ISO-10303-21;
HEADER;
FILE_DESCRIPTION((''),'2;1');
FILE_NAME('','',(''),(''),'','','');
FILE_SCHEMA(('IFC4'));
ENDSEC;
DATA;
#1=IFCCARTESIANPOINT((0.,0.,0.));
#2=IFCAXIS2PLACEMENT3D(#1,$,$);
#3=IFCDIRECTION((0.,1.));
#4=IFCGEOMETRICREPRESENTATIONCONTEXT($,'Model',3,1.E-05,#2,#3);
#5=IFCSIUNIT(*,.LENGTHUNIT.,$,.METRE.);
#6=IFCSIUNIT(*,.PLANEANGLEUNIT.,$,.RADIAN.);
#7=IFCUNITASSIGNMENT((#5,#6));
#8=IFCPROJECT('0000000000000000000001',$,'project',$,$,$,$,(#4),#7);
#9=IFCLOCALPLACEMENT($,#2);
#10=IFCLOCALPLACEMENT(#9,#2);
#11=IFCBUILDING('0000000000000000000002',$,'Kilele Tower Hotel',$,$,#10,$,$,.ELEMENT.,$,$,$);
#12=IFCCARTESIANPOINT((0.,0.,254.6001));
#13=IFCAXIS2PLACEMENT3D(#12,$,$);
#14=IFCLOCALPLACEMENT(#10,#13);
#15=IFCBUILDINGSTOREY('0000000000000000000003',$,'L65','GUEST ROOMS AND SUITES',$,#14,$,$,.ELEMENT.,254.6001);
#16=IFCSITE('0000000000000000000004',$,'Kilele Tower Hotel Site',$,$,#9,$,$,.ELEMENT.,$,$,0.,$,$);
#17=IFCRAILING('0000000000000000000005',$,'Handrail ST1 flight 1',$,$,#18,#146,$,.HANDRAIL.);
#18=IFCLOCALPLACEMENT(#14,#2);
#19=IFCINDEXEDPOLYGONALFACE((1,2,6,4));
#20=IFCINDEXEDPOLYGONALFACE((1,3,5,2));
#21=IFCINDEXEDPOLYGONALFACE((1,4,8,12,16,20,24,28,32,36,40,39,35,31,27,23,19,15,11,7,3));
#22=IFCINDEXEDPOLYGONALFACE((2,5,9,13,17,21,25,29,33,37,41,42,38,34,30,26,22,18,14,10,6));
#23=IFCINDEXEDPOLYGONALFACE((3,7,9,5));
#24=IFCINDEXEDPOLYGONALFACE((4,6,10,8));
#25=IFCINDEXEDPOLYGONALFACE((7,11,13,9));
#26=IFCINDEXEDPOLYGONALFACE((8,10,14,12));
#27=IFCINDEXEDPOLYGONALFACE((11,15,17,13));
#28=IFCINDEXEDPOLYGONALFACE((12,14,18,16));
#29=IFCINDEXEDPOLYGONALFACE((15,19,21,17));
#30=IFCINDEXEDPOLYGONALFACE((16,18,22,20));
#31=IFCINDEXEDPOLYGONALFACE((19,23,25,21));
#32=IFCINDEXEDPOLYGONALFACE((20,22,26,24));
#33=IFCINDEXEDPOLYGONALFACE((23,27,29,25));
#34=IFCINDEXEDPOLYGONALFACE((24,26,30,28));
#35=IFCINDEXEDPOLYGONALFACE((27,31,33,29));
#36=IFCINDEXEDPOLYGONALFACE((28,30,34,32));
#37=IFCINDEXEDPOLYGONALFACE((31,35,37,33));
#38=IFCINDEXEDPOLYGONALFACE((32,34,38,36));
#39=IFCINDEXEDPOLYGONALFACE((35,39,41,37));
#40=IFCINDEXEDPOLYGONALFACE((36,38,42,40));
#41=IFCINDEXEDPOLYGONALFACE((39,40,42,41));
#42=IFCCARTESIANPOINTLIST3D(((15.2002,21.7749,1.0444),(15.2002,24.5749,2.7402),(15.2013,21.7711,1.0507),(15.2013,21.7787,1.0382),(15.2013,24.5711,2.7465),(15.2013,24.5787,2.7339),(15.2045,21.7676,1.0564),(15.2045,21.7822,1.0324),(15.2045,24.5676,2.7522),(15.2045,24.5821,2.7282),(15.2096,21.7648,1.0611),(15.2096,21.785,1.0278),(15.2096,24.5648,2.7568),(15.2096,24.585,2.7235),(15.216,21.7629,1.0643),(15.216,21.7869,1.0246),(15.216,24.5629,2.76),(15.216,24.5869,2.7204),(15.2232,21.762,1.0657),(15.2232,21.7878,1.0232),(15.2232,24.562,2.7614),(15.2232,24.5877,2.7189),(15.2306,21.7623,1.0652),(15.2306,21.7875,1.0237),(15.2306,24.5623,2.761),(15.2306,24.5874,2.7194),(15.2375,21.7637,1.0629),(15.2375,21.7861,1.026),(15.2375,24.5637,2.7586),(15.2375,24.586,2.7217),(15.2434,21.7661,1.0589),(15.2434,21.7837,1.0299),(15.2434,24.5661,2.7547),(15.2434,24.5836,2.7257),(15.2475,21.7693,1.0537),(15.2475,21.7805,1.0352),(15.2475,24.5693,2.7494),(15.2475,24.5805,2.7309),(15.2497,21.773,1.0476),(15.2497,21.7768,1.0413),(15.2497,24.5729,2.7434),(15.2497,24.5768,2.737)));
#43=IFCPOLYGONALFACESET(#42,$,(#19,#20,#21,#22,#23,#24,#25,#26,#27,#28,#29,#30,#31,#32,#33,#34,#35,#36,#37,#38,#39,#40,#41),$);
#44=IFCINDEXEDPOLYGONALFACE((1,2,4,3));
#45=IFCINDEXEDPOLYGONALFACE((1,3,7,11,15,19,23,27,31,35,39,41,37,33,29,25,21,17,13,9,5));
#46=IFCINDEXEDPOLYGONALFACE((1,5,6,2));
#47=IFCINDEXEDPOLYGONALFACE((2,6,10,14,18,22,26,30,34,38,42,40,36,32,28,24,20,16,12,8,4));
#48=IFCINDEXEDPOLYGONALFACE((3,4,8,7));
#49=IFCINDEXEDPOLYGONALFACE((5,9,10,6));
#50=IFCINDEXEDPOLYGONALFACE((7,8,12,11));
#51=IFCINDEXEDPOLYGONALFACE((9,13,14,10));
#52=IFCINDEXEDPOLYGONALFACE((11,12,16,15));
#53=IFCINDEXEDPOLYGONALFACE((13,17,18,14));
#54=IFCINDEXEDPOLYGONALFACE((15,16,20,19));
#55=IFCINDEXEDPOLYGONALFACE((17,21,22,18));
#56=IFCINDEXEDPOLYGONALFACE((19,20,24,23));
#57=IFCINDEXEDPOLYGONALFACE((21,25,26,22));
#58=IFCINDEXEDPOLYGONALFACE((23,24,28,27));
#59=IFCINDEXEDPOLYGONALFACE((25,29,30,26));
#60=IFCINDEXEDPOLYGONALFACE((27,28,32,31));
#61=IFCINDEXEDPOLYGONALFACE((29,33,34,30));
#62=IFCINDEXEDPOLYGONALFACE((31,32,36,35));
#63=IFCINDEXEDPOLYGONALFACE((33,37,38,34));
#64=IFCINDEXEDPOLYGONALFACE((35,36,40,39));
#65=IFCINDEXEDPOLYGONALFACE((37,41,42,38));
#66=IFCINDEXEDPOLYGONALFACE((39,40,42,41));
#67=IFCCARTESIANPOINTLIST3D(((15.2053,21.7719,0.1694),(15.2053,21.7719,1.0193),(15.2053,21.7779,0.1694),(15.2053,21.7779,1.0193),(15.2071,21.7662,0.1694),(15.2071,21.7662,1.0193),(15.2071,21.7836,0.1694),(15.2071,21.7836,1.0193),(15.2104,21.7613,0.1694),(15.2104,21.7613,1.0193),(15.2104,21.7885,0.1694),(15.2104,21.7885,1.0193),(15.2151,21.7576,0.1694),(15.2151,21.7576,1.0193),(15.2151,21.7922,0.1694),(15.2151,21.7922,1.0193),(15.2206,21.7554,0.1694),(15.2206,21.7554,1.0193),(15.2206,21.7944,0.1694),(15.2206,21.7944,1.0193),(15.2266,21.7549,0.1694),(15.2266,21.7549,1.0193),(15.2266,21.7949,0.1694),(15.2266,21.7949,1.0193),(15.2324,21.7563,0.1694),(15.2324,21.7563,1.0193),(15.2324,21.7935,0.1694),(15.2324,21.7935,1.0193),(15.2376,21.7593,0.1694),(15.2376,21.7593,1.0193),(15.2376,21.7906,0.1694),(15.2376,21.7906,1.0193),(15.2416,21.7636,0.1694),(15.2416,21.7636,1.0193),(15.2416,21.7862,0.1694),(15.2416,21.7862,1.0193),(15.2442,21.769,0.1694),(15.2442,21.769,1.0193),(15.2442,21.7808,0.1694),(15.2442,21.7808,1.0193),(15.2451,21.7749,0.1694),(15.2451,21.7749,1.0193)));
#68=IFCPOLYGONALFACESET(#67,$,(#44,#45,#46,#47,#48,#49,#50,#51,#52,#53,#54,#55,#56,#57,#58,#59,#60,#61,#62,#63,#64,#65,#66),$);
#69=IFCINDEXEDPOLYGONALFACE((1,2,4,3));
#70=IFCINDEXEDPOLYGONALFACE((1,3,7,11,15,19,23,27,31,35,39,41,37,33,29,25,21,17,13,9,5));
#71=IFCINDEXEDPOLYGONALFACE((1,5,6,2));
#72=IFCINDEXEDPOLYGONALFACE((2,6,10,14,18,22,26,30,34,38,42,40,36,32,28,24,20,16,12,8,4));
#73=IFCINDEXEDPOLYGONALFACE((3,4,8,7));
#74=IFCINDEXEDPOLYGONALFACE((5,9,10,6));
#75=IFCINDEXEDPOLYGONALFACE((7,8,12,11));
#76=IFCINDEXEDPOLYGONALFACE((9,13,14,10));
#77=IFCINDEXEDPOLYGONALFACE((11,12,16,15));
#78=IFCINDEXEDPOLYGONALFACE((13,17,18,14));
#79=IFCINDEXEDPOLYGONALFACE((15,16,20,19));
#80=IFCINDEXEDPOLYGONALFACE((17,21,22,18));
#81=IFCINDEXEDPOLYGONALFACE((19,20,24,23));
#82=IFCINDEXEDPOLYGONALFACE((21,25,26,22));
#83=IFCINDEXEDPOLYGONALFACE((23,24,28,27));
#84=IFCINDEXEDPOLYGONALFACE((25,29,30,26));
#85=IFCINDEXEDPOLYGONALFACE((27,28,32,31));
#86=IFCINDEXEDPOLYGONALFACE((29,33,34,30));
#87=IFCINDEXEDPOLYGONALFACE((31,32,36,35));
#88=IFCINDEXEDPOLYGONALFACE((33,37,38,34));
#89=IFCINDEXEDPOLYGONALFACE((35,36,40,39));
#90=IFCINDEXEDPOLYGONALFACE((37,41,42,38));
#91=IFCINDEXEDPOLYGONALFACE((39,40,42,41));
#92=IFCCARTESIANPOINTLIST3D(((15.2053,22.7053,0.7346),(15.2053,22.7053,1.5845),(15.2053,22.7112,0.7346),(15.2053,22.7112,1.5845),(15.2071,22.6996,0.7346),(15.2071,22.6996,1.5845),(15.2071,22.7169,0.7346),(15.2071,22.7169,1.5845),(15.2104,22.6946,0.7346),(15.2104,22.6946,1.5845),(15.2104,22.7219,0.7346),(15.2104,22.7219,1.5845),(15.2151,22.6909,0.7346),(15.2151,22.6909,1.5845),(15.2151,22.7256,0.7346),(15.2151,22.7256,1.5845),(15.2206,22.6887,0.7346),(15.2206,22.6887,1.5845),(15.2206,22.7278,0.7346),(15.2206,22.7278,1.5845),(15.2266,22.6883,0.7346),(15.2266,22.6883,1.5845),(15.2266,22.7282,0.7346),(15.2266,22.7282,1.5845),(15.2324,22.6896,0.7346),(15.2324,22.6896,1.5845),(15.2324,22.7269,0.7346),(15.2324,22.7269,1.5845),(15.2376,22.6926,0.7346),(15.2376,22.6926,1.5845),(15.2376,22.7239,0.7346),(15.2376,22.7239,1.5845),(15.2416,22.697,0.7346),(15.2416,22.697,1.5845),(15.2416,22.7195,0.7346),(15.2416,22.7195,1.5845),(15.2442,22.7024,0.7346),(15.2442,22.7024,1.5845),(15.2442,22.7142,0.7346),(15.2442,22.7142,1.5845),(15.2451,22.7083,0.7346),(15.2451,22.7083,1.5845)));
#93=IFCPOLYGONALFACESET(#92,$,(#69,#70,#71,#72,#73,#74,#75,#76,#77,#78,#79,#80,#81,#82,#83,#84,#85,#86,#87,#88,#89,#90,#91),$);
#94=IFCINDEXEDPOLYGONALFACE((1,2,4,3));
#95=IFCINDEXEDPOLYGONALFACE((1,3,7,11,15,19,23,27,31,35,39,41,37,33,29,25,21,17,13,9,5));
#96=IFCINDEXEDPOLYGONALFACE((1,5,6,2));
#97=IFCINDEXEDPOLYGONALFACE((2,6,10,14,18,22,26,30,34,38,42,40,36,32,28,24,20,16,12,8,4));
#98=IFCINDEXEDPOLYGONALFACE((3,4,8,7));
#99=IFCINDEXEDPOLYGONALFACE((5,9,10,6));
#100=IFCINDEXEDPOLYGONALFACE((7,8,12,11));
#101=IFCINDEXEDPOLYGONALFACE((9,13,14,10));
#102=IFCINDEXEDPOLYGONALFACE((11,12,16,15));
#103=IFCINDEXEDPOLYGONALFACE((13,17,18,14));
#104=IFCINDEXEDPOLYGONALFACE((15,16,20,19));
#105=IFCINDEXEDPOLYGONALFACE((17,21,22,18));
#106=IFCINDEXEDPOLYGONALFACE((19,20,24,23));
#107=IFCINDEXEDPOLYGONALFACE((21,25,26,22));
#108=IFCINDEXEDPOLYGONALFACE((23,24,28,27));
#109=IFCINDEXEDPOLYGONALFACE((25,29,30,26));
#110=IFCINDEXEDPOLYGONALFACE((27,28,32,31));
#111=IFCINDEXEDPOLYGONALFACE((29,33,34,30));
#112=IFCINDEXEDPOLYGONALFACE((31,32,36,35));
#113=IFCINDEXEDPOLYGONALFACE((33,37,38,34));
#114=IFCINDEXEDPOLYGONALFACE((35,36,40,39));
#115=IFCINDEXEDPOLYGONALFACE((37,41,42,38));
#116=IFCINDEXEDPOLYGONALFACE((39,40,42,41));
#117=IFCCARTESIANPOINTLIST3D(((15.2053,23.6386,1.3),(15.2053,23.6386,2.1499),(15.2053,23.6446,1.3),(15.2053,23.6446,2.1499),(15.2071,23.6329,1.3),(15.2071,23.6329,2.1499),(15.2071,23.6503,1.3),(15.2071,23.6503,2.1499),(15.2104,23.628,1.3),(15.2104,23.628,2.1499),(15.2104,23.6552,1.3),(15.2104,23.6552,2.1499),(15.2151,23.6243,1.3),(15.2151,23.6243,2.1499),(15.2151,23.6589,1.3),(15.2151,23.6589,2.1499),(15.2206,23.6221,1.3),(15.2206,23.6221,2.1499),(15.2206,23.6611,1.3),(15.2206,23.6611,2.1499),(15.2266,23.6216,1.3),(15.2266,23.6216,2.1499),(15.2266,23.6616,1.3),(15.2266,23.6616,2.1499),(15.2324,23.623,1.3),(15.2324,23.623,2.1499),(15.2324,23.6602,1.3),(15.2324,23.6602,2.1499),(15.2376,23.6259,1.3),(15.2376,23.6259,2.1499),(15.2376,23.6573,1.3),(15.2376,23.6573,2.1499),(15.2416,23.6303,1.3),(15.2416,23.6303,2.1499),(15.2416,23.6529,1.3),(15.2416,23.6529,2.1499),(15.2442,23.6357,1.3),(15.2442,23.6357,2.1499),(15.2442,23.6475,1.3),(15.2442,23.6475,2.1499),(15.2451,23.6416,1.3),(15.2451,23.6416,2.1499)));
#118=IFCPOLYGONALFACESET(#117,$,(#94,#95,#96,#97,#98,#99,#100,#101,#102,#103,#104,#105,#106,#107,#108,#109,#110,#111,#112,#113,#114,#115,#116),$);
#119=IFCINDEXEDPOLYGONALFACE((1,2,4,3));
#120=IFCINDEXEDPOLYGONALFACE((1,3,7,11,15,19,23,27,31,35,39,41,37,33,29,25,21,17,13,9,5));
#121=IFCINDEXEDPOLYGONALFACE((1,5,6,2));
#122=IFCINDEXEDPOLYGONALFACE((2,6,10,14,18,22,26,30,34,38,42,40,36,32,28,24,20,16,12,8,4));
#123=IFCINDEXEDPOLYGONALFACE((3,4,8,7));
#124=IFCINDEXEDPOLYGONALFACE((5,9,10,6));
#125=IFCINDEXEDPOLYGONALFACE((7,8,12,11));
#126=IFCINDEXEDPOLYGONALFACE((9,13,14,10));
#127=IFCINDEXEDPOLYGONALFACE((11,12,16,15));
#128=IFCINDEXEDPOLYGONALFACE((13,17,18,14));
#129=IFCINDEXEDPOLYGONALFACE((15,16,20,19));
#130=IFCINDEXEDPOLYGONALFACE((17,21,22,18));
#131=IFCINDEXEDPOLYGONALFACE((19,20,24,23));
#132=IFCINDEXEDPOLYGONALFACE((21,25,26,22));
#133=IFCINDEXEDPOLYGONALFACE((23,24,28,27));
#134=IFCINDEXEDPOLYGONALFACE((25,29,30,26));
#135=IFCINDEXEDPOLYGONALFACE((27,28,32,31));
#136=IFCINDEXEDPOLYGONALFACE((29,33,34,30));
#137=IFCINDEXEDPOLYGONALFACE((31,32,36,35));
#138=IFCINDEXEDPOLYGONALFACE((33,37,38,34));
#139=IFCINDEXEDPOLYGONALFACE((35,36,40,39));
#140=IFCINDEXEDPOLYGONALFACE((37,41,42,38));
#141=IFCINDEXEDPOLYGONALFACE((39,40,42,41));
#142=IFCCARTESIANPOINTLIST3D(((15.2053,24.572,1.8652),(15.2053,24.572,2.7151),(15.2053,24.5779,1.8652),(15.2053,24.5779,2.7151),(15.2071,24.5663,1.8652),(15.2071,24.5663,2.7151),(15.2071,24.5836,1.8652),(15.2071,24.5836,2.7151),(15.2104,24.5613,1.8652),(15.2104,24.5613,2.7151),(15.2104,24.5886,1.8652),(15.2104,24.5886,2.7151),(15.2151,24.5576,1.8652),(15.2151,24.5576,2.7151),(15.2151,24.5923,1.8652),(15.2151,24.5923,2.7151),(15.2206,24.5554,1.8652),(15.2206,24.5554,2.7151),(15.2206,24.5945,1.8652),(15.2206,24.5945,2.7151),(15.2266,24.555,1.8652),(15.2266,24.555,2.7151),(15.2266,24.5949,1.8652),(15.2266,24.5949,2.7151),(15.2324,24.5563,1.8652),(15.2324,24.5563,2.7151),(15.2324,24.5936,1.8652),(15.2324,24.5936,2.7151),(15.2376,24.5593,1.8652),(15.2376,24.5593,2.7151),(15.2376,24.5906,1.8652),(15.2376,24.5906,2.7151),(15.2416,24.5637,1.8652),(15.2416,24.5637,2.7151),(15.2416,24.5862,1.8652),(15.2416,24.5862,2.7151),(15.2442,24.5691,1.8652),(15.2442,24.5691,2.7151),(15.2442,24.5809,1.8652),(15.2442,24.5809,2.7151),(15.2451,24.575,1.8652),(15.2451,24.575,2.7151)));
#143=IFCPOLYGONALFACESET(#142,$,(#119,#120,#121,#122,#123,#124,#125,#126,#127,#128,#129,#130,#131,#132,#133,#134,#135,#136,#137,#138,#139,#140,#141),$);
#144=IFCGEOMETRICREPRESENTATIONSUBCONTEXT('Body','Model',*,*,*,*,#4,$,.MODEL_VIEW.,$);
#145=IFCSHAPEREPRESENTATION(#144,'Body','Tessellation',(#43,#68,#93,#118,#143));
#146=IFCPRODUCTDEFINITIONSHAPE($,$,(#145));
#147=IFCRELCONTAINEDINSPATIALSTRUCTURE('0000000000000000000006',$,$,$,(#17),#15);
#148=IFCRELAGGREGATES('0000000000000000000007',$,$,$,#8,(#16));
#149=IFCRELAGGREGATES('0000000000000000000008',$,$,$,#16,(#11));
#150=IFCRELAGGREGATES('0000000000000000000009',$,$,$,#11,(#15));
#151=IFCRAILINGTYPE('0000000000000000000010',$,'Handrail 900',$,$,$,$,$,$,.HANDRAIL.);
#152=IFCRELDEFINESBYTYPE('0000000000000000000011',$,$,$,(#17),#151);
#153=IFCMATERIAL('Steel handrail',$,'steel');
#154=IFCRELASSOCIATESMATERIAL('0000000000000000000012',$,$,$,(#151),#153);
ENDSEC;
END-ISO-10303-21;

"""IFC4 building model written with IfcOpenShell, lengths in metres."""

from ifc_helpers import new_model, si_unit, direction, frame, origin, origin_2d, place, context, subcontext, project, spatial, circle, extrude, material, type_object, element, save


model = new_model("IFC4")

# Units and contexts
model_context = context("Model", 3, precision=1e-05, world=origin(), true_north=direction((0.0, 1.0)))
body_context = subcontext(model_context, "Body", "Model", "MODEL_VIEW")
ifc_project = project(units=[si_unit("LENGTHUNIT", "METRE"), si_unit("PLANEANGLEUNIT", "RADIAN")], contexts=[model_context])

# Site, building, storey
site_placement = place(None, origin())
site = spatial("IfcSite", under=ifc_project, at=site_placement, Name="Kilele Tower Hotel Site", CompositionType="ELEMENT", RefElevation=0.0)
building_placement = place(site_placement, origin())
building = spatial("IfcBuilding", under=site, at=building_placement, Name="Kilele Tower Hotel", CompositionType="ELEMENT")
storey_placement = place(building_placement, frame((0.0, 0.0, 254.6001)))
storey = spatial("IfcBuildingStorey", under=building, at=storey_placement, Name="L65", Description="GUEST ROOMS AND SUITES", CompositionType="ELEMENT", Elevation=254.6001)

# Railing
ifc_material_1 = material(Name="Steel handrail", Category="steel")
railing_type_1 = type_object("IfcRailingType", Name="Handrail 900", PredefinedType="HANDRAIL", material=ifc_material_1)
for number, where, name in (
    (1, (15.2251, 21.7749, 0.1694), "Handrail ST1 flight 1"),
):
    element("IfcRailing", number, at=place(storey_placement, frame(where)), inside=storey, type_object=railing_type_1, Name=name, PredefinedType="HANDRAIL", context=body_context, shape_type="SweptSolid", body=[
        extrude(circle(Radius=0.0249, at=origin_2d()), frame((0.0, 0.0, 0.875), z_axis=(0.0, 0.85536, 0.518034), x_axis=(-1.0, 0.0, 0.0)), (0.0, 0.0, 1.0), 3.2734),
        extrude(circle(Radius=0.02, at=origin_2d()), origin(), (0.0, 0.0, 1.0), 0.8499),
        extrude(circle(Radius=0.02, at=origin_2d()), frame((0.0, 0.9333, 0.5652)), (0.0, 0.0, 1.0), 0.8499),
        extrude(circle(Radius=0.02, at=origin_2d()), frame((0.0, 1.8667, 1.1306)), (0.0, 0.0, 1.0), 0.8499),
        extrude(circle(Radius=0.02, at=origin_2d()), frame((0.0, 2.8, 1.6958)), (0.0, 0.0, 1.0), 0.8499),
    ])

save(model, "model.ifc")
